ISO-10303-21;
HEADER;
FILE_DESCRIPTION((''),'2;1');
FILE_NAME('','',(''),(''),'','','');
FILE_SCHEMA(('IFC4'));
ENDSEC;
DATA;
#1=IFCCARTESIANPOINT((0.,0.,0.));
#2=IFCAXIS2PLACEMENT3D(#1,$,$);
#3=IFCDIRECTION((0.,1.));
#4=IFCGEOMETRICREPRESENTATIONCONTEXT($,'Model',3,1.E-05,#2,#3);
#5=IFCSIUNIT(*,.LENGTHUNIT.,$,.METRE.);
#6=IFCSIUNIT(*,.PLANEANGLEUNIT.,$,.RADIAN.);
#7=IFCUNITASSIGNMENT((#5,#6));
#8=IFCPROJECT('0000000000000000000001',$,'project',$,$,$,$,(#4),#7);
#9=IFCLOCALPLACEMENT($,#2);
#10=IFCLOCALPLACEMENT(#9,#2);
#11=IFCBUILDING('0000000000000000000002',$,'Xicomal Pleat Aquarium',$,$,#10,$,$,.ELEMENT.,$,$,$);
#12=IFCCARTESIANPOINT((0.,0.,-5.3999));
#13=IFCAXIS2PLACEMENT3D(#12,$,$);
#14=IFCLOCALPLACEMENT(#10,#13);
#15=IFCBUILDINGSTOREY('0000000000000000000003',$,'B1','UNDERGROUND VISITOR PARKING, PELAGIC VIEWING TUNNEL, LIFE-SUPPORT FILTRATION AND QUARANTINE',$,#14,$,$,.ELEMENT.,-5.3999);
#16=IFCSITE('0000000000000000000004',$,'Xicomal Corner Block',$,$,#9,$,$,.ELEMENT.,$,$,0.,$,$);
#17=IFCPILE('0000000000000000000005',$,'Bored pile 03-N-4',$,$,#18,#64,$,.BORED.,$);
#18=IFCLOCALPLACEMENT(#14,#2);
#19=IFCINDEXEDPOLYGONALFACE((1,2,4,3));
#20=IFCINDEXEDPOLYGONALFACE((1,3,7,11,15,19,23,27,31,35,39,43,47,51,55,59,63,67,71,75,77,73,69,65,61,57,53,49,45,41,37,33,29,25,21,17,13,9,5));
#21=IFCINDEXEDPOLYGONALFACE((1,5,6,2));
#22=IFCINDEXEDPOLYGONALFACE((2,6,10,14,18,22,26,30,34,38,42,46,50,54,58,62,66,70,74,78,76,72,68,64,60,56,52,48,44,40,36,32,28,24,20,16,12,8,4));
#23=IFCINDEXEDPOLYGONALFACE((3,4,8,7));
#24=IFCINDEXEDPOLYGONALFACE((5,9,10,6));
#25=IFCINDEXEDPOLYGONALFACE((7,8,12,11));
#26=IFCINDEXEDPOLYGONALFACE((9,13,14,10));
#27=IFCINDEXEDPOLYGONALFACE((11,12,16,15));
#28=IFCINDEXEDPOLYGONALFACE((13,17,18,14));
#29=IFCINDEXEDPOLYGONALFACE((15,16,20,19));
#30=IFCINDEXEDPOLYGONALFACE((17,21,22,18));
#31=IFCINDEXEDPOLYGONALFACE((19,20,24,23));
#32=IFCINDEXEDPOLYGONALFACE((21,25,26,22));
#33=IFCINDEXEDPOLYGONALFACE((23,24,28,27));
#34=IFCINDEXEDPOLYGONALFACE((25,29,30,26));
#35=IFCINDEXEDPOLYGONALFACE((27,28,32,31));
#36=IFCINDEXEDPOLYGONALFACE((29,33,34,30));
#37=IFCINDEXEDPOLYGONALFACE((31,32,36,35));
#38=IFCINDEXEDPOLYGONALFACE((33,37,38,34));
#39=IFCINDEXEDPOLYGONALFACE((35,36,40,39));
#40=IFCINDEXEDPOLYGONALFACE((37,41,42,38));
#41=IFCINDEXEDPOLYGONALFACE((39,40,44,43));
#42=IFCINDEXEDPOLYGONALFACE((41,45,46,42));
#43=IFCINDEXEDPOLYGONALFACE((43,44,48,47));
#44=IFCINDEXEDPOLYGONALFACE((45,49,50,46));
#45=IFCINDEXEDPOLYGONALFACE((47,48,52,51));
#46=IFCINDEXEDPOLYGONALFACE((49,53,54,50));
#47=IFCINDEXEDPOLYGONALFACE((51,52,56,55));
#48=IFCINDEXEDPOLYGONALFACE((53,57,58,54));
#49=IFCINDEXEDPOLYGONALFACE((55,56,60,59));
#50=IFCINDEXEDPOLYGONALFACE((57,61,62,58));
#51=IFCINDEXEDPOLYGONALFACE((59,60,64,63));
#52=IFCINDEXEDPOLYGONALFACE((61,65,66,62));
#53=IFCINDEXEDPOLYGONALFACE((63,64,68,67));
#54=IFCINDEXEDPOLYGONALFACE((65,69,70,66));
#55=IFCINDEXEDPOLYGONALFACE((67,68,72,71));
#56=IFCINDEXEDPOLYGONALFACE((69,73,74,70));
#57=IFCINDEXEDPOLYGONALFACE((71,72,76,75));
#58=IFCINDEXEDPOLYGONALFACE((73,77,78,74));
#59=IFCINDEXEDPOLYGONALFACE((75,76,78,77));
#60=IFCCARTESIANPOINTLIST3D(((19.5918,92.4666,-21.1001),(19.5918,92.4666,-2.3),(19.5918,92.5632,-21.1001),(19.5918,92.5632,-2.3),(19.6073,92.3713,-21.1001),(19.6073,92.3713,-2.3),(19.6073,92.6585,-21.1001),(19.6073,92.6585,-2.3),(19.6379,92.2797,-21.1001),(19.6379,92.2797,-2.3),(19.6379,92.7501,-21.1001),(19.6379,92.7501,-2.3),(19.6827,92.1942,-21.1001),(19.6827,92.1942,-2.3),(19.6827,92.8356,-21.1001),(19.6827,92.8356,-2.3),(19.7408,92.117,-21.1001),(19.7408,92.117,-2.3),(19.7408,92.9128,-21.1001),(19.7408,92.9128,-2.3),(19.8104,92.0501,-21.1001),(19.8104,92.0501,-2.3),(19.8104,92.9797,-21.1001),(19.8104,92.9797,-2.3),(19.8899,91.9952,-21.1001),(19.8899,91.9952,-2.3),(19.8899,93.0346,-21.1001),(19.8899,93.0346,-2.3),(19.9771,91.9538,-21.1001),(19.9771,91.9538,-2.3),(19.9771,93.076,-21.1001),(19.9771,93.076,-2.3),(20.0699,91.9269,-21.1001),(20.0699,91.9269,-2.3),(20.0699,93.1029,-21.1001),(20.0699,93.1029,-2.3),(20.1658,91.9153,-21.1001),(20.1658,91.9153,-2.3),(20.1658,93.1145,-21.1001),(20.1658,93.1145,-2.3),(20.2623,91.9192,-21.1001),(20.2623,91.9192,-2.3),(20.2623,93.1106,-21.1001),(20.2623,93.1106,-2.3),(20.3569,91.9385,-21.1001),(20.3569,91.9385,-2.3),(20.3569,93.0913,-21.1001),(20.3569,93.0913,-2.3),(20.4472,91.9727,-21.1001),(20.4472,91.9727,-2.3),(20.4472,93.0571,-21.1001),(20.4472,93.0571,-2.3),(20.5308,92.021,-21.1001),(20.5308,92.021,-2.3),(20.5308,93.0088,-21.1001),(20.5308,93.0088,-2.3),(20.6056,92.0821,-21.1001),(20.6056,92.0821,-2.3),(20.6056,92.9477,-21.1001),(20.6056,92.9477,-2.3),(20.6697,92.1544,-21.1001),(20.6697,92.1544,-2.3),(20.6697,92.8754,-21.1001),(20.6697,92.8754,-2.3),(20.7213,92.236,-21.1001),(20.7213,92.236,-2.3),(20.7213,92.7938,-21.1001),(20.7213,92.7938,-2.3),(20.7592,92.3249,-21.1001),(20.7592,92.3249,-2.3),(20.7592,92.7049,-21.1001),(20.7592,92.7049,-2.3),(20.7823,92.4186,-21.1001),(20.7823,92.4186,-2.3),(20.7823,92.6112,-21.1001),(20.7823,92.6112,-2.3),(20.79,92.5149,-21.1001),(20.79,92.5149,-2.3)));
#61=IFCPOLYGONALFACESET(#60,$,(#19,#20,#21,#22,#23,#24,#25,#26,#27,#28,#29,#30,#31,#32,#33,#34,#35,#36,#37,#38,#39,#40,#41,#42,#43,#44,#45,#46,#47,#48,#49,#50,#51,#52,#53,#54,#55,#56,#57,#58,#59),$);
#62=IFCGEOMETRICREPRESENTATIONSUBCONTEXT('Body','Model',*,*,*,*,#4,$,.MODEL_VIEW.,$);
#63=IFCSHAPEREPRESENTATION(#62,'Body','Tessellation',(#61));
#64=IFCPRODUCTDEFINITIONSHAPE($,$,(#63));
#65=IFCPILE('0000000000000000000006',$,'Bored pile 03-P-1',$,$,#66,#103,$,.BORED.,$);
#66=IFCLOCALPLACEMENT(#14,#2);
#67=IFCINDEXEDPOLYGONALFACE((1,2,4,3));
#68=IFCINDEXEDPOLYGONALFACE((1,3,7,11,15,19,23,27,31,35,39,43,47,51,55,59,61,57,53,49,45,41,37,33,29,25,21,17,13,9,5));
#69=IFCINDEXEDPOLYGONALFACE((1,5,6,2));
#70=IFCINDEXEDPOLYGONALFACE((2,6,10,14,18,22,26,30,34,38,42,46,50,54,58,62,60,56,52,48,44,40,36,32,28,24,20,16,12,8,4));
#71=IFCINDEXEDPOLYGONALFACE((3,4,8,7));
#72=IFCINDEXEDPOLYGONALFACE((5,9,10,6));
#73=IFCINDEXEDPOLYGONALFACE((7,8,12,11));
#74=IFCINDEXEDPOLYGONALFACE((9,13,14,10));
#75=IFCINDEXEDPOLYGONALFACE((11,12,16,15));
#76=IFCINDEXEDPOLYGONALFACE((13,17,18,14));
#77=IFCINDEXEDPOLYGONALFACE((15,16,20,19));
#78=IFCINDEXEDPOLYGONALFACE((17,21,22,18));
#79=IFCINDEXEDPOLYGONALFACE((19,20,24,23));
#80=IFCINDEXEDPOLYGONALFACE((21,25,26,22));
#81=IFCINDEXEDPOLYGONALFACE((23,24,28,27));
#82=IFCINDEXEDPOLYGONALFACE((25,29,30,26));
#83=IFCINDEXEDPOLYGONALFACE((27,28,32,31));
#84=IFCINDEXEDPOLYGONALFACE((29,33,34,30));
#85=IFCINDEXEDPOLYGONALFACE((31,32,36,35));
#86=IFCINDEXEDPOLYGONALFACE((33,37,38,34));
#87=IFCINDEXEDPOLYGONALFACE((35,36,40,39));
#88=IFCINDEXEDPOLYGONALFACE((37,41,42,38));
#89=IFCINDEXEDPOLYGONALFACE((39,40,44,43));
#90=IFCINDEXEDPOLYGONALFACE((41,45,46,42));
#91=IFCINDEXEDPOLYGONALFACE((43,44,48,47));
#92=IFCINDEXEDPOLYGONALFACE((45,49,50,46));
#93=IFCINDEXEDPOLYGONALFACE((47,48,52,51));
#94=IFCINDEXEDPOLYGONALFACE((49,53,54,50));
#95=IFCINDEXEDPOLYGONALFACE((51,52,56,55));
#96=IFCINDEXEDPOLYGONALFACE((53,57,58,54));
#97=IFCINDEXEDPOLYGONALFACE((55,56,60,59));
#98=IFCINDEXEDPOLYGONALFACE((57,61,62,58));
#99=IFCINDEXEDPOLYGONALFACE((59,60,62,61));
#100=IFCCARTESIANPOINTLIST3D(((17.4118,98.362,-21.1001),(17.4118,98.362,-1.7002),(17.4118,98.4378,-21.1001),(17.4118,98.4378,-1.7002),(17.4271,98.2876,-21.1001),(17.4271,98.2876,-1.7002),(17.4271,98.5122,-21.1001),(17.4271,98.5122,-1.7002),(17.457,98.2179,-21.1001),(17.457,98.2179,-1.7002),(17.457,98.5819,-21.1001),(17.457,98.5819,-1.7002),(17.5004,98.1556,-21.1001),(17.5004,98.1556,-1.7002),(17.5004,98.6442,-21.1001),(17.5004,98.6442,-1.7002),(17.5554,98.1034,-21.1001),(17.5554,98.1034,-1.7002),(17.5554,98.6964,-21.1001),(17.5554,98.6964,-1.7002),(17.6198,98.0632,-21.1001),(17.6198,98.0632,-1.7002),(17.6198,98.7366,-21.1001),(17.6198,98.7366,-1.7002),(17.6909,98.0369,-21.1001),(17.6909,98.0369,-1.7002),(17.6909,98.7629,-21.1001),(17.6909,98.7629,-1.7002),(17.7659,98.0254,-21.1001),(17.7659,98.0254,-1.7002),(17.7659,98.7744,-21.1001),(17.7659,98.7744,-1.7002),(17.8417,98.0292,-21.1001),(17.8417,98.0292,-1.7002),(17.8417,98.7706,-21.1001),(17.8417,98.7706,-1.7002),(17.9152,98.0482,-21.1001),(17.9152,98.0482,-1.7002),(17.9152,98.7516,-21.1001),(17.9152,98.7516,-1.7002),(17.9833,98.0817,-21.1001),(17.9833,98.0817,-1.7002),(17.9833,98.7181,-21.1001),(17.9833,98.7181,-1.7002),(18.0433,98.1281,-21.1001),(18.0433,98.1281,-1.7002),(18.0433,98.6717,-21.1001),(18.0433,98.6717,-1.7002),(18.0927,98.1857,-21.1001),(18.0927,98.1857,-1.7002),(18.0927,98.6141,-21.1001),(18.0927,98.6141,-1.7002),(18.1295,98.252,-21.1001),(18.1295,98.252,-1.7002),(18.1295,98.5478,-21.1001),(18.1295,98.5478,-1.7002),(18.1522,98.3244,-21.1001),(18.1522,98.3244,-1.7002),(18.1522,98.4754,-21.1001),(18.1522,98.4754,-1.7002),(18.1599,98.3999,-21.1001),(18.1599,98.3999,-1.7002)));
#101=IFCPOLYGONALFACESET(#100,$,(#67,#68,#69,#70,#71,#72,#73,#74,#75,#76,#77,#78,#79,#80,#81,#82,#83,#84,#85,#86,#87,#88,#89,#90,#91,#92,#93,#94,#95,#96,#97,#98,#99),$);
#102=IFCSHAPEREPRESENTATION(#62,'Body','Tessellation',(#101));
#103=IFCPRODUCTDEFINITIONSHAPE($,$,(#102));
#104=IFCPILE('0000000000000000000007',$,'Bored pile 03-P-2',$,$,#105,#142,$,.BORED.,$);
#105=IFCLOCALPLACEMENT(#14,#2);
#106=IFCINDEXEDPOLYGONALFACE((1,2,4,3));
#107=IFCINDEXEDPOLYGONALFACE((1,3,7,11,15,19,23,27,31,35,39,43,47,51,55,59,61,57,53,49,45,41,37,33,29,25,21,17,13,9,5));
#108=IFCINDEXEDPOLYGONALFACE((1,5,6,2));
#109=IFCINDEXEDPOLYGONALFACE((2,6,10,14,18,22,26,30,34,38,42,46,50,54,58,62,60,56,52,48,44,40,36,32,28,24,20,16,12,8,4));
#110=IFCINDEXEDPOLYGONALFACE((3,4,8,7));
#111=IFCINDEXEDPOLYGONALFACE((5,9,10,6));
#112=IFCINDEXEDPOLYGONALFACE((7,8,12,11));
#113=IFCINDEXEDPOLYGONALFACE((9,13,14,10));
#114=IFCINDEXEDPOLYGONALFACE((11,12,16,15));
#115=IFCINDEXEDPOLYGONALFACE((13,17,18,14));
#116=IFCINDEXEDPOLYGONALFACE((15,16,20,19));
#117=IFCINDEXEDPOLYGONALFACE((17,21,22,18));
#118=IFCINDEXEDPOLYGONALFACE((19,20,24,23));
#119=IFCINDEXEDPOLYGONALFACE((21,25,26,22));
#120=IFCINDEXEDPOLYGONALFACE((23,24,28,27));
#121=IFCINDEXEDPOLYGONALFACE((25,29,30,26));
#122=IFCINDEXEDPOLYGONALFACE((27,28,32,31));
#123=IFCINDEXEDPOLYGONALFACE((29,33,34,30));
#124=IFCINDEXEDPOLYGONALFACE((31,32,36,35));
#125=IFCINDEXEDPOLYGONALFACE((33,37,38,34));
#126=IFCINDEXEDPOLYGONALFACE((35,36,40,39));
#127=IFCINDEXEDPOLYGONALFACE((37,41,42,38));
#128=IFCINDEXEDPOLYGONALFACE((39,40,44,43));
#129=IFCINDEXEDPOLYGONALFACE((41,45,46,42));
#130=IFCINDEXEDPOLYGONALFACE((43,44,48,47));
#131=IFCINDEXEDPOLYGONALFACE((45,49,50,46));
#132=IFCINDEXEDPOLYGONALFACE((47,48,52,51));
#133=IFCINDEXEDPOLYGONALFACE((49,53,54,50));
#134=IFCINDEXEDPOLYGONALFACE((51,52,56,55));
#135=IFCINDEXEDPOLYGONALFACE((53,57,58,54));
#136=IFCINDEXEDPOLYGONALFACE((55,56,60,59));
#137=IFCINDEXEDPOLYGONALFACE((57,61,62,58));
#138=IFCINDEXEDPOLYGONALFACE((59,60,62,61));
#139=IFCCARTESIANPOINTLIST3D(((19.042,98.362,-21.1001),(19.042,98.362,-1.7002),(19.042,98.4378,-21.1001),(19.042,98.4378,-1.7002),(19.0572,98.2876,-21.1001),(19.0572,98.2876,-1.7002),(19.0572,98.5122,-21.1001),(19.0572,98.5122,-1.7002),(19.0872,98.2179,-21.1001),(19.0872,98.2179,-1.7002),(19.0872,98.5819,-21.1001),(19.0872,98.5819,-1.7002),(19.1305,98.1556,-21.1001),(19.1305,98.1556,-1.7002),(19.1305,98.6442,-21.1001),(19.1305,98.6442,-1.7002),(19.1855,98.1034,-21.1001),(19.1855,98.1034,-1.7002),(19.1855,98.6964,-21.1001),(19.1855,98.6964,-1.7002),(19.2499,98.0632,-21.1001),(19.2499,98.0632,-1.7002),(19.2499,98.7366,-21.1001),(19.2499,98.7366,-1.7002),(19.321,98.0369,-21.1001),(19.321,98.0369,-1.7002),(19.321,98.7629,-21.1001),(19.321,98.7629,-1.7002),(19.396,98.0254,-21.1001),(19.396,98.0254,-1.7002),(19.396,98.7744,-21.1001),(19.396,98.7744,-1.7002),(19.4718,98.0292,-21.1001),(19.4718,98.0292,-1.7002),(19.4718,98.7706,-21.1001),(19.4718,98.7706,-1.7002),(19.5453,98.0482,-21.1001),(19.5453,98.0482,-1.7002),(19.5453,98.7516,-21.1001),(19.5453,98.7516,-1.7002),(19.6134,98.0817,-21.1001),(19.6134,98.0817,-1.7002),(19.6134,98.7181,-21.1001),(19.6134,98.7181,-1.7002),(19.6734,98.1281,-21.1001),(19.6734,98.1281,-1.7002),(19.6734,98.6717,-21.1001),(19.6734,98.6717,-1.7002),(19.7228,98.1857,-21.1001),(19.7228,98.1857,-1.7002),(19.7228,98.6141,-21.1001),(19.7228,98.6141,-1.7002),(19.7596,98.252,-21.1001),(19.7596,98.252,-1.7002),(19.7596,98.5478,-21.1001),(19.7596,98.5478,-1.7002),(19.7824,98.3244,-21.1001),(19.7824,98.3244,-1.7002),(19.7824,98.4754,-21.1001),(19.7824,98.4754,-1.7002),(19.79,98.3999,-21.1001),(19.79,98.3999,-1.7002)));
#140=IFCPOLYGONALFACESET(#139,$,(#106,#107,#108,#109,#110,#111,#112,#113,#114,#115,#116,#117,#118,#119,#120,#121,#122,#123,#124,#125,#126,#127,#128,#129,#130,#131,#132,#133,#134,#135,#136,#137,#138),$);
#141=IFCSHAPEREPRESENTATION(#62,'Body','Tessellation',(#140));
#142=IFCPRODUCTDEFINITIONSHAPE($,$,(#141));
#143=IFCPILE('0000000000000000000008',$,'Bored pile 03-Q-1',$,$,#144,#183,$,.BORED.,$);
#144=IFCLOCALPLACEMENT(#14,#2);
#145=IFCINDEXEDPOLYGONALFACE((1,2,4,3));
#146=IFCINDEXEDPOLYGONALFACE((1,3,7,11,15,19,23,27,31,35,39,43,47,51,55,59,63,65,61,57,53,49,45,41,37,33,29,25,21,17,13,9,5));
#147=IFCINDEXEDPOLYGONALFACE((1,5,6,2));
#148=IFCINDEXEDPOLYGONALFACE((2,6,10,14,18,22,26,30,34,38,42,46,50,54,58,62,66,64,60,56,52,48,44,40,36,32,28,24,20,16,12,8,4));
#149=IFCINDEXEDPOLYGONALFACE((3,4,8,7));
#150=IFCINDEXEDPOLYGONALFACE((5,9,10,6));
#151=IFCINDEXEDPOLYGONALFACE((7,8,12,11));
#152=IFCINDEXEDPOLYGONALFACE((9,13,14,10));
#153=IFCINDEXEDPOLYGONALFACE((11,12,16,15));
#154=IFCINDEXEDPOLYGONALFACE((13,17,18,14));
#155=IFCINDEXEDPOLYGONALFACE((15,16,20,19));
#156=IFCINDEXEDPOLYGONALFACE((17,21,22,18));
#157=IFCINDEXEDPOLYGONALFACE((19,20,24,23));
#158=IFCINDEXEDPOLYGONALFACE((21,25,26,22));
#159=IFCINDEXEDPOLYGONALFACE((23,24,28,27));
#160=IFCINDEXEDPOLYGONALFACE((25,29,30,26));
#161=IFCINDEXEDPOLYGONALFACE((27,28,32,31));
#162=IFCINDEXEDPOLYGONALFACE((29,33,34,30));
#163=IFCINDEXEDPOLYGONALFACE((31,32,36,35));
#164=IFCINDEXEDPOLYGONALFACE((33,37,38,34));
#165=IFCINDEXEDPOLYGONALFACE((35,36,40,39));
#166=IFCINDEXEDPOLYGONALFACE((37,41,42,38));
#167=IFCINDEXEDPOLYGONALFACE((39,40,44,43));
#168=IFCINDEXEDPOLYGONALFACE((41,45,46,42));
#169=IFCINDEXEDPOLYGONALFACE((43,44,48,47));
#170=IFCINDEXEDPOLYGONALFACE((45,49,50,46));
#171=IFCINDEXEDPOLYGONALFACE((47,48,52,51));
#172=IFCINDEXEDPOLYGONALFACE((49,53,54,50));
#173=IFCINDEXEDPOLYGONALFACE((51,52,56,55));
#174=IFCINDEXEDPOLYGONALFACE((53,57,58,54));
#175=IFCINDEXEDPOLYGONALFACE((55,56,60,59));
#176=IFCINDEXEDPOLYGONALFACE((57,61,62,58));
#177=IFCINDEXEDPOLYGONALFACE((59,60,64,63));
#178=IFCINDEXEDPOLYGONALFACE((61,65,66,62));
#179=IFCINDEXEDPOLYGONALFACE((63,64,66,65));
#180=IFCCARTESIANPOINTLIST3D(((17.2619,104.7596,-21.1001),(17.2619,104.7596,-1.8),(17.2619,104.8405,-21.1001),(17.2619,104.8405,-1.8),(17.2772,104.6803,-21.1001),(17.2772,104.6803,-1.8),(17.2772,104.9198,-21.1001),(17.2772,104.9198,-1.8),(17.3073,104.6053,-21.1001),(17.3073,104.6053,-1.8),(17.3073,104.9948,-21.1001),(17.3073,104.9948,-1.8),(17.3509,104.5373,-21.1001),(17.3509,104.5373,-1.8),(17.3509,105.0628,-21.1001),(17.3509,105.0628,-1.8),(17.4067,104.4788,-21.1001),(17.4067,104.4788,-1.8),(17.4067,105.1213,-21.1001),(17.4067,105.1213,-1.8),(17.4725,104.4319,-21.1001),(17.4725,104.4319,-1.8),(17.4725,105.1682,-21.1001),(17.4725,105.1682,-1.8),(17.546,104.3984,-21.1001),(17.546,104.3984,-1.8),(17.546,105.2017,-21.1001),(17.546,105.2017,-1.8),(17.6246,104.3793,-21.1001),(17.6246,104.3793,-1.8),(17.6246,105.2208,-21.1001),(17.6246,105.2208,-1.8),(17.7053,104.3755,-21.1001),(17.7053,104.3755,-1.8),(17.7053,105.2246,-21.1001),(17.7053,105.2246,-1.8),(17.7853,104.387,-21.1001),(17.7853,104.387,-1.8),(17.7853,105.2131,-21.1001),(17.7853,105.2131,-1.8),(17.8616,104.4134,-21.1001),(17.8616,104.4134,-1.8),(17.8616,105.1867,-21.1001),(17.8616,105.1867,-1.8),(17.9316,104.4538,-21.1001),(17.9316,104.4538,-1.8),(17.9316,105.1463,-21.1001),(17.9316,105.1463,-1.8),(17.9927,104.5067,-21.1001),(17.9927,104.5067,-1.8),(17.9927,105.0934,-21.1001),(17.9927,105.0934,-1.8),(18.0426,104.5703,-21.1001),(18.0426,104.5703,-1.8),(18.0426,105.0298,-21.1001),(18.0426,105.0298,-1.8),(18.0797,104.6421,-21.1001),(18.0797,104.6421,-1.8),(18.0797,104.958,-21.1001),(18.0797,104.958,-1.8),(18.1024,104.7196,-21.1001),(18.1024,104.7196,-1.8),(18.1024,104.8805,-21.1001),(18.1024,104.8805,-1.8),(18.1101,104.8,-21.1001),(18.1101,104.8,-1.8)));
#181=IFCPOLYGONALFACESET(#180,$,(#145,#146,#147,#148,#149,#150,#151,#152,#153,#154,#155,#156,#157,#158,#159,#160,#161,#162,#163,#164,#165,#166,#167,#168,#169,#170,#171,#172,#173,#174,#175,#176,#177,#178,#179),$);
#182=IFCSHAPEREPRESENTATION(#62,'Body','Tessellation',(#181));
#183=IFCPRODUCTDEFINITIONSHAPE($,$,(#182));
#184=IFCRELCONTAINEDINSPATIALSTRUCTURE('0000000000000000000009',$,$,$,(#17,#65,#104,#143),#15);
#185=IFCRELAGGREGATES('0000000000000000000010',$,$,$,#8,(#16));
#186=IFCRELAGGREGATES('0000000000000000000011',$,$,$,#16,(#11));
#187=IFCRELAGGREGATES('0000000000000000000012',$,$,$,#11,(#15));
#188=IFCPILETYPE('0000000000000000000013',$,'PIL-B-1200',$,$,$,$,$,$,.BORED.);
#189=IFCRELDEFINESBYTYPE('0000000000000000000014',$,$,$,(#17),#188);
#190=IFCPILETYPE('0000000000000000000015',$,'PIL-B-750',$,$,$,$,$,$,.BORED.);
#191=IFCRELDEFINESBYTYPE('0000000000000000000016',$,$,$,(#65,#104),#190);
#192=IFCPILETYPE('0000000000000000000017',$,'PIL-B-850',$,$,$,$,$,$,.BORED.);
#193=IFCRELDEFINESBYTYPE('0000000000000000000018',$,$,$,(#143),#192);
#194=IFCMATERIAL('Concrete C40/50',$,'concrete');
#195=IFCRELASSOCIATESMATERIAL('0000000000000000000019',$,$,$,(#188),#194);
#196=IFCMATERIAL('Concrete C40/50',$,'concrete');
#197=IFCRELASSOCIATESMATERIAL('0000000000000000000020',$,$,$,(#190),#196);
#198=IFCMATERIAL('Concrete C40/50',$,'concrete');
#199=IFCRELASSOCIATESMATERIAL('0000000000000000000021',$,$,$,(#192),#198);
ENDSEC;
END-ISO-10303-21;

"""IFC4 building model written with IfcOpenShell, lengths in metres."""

from ifc_helpers import new_model, si_unit, direction, frame, origin, origin_2d, place, context, subcontext, project, spatial, circle, extrude, material, material_profile, profile_set, type_object, element, save


model = new_model("IFC4")

# Units and contexts
model_context = context("Model", 3, precision=1e-05, world=origin(), true_north=direction((0.0, 1.0)))
body_context = subcontext(model_context, "Body", "Model", "MODEL_VIEW")
ifc_project = project(units=[si_unit("LENGTHUNIT", "METRE"), si_unit("PLANEANGLEUNIT", "RADIAN")], contexts=[model_context])

# Site, building, storey
site_placement = place(None, origin())
site = spatial("IfcSite", under=ifc_project, at=site_placement, Name="Xicomal Corner Block", CompositionType="ELEMENT", RefElevation=0.0)
building_placement = place(site_placement, origin())
building = spatial("IfcBuilding", under=site, at=building_placement, Name="Xicomal Pleat Aquarium", CompositionType="ELEMENT")
storey_placement = place(building_placement, frame((0.0, 0.0, -5.3999)))
storey = spatial("IfcBuildingStorey", under=building, at=storey_placement, Name="B1", Description="UNDERGROUND VISITOR PARKING, PELAGIC VIEWING TUNNEL, LIFE-SUPPORT FILTRATION AND QUARANTINE", CompositionType="ELEMENT", Elevation=-5.3999)

# Piles
ifc_material_1 = material(Name="Concrete C40/50", Category="concrete")
ifc_material_profile_1 = material_profile(ifc_material_1, circle(Radius=0.6001, at=origin_2d()), Name="BORED PILE D1200")
ifc_profile_set_1 = profile_set([ifc_material_profile_1], Name="Concrete C40/50")
pile_type_1 = type_object("IfcPileType", Name="PIL-B-1200", PredefinedType="BORED", material=ifc_profile_set_1)
for number, where, z_axis, x_axis, name in (
    (1, (20.1899, 92.5149, -2.3), (0.0, 0.0, -1.0), (1.0, 0.0, 0.0), "Bored pile 03-N-4"),
):
    element("IfcPile", number, at=place(storey_placement, frame(where, z_axis=z_axis, x_axis=x_axis)), inside=storey, type_object=pile_type_1, Name=name, PredefinedType="BORED", context=body_context, shape_type="SweptSolid", body=[
        extrude(circle(Radius=0.6001, at=origin_2d()), origin(), (0.0, 0.0, 1.0), 18.8),
    ])
ifc_material_2 = material(Name="Concrete C40/50", Category="concrete")
ifc_material_profile_2 = material_profile(ifc_material_2, circle(Radius=0.375, at=origin_2d()), Name="BORED PILE D750")
ifc_profile_set_2 = profile_set([ifc_material_profile_2], Name="Concrete C40/50")
pile_type_2 = type_object("IfcPileType", Name="PIL-B-750", PredefinedType="BORED", material=ifc_profile_set_2)
for number, where, z_axis, x_axis, name in (
    (2, (17.7849, 98.3999, -1.7002), (0.0, 0.0, -1.0), (1.0, 0.0, 0.0), "Bored pile 03-P-1"),
    (3, (19.415, 98.3999, -1.7002), (0.0, 0.0, -1.0), (1.0, 0.0, 0.0), "Bored pile 03-P-2"),
):
    element("IfcPile", number, at=place(storey_placement, frame(where, z_axis=z_axis, x_axis=x_axis)), inside=storey, type_object=pile_type_2, Name=name, PredefinedType="BORED", context=body_context, shape_type="SweptSolid", body=[
        extrude(circle(Radius=0.375, at=origin_2d()), origin(), (0.0, 0.0, 1.0), 19.3999),
    ])
ifc_material_3 = material(Name="Concrete C40/50", Category="concrete")
ifc_material_profile_3 = material_profile(ifc_material_3, circle(Radius=0.425, at=origin_2d()), Name="BORED PILE D850")
ifc_profile_set_3 = profile_set([ifc_material_profile_3], Name="Concrete C40/50")
pile_type_3 = type_object("IfcPileType", Name="PIL-B-850", PredefinedType="BORED", material=ifc_profile_set_3)
for number, where, z_axis, x_axis, name in (
    (4, (17.6851, 104.8, -1.8), (0.0, 0.0, -1.0), (1.0, 0.0, 0.0), "Bored pile 03-Q-1"),
):
    element("IfcPile", number, at=place(storey_placement, frame(where, z_axis=z_axis, x_axis=x_axis)), inside=storey, type_object=pile_type_3, Name=name, PredefinedType="BORED", context=body_context, shape_type="SweptSolid", body=[
        extrude(circle(Radius=0.425, at=origin_2d()), origin(), (0.0, 0.0, 1.0), 19.3),
    ])

save(model, "model.ifc")
